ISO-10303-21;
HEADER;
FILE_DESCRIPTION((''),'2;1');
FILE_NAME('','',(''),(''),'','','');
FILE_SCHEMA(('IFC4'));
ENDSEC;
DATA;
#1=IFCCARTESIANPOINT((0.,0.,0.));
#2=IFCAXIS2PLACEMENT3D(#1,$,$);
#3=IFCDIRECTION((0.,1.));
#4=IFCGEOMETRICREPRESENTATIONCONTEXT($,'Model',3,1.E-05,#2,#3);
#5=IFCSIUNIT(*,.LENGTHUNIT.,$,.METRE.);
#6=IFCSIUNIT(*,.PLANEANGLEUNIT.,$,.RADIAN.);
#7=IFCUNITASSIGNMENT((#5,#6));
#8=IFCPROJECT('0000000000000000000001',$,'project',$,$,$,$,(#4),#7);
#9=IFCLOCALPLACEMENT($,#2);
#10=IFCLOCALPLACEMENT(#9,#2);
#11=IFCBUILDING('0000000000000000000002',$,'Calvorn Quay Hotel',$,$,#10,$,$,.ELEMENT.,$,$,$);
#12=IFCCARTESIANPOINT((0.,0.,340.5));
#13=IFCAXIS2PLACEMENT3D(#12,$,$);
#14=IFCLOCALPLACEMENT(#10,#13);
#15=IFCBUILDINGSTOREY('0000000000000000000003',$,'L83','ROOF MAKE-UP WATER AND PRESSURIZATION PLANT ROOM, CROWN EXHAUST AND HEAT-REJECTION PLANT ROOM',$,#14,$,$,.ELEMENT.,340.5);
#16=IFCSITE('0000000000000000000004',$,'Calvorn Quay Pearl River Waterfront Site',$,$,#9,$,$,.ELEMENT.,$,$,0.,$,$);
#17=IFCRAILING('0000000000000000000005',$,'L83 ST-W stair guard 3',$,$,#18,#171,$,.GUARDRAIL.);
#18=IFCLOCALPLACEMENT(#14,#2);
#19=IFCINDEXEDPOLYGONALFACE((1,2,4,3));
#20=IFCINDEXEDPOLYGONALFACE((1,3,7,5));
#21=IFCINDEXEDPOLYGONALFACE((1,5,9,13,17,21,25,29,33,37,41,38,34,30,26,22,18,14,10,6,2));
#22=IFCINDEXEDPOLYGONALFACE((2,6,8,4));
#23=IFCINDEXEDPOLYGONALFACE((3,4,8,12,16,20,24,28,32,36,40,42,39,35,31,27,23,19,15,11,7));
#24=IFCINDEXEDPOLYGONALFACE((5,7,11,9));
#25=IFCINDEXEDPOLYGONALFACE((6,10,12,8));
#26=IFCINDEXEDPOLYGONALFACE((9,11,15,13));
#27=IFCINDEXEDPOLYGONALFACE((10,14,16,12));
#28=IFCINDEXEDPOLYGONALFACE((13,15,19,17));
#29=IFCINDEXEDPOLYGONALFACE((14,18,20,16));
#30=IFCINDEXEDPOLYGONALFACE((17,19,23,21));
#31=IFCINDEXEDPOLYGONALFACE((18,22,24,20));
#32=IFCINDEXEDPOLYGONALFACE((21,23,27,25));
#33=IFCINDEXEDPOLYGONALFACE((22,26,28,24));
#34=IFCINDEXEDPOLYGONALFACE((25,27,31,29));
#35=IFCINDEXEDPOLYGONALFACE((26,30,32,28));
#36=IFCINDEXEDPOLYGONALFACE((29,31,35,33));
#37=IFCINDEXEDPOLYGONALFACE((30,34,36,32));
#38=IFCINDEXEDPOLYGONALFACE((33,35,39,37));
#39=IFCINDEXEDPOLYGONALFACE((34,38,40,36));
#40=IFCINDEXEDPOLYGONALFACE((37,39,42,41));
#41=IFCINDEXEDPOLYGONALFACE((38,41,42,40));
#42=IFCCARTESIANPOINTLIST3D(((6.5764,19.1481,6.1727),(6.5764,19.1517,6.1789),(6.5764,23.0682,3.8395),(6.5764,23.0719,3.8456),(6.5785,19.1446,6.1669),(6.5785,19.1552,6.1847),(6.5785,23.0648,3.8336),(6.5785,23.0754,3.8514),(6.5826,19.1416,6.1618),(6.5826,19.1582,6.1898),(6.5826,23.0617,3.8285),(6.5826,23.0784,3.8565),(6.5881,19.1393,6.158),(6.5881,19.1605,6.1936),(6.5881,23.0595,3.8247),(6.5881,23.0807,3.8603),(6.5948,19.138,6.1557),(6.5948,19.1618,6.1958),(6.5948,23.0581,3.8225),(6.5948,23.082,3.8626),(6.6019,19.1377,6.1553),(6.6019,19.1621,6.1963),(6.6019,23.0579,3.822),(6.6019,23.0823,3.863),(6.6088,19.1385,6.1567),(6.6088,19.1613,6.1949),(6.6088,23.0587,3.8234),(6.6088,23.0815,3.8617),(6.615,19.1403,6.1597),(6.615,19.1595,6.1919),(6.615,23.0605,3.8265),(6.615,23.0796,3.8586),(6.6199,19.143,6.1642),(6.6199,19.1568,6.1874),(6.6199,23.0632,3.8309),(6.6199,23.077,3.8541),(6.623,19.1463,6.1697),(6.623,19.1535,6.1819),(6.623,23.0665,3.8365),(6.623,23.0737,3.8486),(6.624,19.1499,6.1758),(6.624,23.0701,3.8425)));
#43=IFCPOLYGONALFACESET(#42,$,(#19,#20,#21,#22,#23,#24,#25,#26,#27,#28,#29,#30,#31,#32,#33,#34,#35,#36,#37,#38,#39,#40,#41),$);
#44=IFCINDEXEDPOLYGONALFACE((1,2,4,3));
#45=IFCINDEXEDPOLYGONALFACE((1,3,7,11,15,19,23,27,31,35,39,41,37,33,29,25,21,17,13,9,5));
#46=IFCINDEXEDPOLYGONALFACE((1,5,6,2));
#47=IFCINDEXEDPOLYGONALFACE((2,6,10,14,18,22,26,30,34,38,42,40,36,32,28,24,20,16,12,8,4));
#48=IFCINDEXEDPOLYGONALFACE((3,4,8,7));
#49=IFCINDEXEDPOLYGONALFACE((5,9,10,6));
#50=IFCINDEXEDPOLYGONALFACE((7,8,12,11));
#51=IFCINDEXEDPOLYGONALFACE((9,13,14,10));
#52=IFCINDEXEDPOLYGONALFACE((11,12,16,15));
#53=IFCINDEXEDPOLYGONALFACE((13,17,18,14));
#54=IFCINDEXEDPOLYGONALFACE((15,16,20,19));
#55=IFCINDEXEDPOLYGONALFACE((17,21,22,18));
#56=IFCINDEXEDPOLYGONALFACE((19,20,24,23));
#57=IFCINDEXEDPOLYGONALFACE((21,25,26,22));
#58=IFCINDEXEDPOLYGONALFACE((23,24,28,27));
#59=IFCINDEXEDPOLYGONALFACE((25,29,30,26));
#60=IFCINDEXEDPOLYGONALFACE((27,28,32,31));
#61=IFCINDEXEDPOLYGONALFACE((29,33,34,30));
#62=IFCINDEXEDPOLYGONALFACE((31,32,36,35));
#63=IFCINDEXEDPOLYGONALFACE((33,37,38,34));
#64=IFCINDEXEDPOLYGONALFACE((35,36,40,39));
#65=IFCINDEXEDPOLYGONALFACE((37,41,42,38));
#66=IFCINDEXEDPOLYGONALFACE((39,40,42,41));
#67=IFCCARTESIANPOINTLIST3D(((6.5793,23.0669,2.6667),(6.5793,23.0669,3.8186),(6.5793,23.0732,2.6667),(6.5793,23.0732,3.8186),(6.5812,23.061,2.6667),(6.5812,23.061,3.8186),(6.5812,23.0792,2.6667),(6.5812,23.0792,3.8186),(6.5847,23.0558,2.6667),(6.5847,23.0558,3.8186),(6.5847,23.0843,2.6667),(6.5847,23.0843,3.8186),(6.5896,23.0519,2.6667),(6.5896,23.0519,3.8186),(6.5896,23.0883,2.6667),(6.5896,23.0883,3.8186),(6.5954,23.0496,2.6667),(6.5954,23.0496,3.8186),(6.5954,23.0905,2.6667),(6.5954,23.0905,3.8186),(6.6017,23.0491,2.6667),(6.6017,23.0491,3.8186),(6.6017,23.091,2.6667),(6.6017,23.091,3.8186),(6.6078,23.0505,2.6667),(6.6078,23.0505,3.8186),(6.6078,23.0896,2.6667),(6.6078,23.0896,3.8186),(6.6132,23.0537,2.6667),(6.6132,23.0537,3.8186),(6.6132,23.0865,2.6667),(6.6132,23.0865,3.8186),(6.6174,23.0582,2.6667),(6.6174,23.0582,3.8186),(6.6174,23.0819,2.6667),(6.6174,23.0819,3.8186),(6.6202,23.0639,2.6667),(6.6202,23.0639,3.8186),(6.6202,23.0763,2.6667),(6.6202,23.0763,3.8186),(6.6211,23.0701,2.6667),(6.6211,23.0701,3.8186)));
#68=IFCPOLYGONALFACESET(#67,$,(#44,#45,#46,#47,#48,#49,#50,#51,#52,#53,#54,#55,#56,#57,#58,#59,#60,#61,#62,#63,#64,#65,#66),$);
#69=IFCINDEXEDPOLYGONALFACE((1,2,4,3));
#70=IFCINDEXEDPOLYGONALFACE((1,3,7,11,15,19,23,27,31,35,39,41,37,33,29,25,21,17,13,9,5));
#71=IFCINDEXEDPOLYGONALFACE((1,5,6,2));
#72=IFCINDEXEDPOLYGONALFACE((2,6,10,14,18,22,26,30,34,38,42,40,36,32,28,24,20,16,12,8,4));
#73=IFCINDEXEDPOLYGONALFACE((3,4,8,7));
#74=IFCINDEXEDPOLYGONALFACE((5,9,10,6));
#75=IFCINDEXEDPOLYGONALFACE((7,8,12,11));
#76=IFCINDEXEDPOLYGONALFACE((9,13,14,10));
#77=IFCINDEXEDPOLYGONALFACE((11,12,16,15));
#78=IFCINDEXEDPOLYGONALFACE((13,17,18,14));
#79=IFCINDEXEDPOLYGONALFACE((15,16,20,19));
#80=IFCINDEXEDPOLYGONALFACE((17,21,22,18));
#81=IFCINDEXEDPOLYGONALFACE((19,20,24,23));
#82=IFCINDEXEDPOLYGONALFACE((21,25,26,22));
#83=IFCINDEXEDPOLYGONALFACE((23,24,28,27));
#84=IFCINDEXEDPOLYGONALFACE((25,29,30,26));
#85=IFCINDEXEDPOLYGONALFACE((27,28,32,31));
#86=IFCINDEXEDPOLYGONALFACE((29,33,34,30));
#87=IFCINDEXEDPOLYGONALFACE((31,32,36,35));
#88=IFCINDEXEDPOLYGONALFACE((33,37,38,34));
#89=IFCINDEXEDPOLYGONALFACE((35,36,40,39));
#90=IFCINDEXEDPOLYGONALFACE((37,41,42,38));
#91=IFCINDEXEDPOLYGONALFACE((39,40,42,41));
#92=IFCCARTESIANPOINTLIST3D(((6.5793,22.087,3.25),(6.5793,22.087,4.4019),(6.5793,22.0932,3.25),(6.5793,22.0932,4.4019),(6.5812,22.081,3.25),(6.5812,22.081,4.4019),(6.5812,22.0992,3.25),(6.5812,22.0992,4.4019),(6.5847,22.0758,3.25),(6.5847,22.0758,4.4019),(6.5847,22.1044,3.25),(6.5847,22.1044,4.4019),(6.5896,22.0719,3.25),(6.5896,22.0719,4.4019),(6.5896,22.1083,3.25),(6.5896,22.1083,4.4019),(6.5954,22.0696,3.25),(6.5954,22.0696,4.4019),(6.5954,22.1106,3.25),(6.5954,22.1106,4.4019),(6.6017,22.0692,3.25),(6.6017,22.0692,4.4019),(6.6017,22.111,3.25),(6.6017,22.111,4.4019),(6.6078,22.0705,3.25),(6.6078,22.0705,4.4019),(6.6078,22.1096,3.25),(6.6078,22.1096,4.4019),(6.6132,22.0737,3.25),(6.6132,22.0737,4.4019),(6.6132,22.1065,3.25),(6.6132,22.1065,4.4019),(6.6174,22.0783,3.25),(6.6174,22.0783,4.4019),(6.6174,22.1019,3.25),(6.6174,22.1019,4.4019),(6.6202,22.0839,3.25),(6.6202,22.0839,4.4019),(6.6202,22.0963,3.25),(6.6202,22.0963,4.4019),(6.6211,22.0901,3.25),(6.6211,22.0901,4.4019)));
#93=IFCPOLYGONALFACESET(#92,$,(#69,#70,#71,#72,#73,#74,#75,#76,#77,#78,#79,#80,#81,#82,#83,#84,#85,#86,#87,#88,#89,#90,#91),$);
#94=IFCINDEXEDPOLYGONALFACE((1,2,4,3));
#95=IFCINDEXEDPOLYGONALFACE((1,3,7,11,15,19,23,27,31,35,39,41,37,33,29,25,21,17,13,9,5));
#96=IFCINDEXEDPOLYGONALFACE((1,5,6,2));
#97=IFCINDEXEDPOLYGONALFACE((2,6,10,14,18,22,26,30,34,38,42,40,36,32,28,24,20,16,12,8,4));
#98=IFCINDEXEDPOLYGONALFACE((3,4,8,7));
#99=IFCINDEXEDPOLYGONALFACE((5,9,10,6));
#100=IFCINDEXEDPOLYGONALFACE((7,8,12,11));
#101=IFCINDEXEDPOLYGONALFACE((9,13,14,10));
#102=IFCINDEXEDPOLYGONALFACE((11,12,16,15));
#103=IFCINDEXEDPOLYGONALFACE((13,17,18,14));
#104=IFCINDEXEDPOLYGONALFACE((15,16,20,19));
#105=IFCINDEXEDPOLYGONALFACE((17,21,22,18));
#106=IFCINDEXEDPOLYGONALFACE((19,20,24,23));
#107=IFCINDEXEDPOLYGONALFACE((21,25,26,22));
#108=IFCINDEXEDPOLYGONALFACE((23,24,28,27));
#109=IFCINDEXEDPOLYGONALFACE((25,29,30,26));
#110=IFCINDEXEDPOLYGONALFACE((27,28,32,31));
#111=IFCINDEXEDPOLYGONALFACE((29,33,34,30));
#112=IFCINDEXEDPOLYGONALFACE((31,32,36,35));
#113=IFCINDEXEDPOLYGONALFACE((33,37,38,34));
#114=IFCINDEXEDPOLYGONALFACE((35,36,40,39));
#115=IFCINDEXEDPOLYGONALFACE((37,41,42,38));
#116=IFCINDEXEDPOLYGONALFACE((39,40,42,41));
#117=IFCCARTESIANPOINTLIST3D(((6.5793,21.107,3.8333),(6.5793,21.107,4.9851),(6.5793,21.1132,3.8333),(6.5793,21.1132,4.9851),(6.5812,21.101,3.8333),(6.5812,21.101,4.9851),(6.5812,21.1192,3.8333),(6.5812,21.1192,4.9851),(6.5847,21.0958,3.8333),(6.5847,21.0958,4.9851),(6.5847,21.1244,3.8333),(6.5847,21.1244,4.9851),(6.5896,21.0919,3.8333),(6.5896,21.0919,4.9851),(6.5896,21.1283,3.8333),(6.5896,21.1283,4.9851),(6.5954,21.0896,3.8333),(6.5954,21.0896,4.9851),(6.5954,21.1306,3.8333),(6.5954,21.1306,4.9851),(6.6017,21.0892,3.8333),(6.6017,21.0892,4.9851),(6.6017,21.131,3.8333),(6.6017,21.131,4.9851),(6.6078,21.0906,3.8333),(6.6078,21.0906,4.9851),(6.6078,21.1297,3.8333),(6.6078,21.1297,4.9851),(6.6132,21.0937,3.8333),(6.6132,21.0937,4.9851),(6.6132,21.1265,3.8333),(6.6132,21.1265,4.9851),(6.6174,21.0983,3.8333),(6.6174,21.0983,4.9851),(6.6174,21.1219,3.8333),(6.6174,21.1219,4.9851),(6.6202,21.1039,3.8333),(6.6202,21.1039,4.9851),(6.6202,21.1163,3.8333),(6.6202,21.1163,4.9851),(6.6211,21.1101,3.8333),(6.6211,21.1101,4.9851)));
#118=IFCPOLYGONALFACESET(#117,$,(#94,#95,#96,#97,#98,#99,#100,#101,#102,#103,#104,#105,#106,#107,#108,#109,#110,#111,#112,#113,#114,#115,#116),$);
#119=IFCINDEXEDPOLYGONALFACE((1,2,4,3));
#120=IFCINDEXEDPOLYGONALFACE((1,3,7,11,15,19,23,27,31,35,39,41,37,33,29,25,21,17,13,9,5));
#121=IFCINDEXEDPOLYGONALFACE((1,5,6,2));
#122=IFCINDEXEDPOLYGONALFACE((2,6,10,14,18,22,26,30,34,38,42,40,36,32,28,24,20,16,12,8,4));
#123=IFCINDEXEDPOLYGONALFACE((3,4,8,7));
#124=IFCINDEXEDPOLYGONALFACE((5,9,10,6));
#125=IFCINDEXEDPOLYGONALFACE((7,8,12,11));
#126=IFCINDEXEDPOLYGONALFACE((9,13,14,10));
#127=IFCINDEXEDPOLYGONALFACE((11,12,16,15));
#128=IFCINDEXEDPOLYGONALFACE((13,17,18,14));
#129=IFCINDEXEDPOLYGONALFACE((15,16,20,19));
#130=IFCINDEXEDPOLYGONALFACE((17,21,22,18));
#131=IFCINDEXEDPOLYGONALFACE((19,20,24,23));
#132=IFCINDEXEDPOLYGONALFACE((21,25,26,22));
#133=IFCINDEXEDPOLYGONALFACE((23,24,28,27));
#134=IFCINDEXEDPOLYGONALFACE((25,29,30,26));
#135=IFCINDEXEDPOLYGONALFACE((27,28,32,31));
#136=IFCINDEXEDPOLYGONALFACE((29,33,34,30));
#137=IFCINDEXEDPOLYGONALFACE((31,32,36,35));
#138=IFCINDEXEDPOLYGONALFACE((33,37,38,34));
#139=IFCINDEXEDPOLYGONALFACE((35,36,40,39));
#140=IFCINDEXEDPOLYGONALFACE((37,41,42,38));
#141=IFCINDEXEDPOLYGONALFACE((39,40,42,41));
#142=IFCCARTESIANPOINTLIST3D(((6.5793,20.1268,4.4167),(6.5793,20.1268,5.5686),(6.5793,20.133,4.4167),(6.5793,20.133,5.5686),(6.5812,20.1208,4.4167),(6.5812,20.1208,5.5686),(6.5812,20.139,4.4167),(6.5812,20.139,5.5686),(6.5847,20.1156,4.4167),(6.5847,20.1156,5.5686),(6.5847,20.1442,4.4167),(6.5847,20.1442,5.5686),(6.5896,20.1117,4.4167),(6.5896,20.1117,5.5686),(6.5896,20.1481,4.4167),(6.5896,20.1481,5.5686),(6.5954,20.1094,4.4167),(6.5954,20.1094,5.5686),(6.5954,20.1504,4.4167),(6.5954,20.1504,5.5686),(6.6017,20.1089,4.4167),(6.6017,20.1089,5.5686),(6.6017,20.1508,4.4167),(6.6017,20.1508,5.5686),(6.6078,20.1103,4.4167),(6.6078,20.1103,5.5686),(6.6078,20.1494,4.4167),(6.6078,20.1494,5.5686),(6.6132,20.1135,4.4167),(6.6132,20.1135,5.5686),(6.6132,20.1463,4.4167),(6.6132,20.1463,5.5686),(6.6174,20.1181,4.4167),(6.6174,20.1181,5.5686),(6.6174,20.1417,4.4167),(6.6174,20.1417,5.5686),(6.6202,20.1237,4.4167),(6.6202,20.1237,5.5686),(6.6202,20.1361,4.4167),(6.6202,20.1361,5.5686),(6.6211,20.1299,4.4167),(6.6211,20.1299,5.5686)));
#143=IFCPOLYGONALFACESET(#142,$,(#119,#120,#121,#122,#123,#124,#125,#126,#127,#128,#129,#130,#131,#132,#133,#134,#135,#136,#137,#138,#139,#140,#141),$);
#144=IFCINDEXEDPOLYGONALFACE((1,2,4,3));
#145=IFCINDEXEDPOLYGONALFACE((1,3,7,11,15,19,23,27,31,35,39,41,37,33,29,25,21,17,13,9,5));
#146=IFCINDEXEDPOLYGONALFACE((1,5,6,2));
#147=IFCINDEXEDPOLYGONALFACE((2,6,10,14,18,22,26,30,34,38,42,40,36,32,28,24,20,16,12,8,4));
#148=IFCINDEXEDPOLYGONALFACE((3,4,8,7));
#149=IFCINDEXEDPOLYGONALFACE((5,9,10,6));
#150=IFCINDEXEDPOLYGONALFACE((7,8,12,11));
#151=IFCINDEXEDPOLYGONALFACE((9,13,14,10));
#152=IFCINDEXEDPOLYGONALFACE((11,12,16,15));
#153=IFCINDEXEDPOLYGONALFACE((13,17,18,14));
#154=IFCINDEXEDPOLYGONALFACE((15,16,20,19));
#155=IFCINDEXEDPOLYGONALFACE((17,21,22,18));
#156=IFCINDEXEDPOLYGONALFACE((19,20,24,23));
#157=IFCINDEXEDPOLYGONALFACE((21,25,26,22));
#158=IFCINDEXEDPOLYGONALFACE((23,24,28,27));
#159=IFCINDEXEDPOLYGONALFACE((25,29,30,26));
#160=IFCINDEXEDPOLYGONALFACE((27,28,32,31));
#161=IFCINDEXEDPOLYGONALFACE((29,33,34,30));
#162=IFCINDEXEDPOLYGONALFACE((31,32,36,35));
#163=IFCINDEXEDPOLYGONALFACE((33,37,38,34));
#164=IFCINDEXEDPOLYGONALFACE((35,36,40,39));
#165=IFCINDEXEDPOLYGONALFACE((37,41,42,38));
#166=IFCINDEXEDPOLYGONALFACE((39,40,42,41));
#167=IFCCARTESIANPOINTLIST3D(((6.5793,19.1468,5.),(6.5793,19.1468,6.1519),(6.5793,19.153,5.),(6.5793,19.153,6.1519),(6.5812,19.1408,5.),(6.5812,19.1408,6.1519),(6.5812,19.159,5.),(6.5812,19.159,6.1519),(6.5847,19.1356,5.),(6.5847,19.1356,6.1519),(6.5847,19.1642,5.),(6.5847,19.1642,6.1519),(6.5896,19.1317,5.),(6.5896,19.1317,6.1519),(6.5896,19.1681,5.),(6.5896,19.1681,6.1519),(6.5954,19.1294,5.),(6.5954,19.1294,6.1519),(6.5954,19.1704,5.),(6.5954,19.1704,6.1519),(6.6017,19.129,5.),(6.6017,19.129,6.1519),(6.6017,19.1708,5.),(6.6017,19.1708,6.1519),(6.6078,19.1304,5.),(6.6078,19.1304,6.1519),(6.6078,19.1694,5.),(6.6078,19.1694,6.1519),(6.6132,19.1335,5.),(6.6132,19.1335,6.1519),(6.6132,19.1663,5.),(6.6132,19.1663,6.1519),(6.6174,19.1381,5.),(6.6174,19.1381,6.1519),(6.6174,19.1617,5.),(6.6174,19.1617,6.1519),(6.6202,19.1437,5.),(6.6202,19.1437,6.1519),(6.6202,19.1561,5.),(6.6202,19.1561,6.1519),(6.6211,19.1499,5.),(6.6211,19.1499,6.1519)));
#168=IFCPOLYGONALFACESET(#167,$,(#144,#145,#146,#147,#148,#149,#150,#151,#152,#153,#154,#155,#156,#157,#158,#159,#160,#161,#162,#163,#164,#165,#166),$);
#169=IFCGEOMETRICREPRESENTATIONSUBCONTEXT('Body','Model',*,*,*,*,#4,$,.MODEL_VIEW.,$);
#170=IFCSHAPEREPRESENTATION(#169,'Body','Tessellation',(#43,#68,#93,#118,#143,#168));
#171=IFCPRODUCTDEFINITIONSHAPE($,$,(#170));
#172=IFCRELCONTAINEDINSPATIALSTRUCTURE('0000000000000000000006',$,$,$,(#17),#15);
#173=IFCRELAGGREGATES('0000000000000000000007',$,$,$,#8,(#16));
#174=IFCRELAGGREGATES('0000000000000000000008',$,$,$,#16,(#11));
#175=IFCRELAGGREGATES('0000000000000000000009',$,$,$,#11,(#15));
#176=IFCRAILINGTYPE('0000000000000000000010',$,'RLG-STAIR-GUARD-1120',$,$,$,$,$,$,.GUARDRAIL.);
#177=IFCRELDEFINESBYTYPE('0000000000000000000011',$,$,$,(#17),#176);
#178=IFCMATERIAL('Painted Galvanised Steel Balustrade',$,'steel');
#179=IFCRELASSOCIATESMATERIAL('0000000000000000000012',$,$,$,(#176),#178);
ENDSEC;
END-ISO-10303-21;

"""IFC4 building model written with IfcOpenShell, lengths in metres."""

from ifc_helpers import new_model, si_unit, direction, frame, origin, origin_2d, place, context, subcontext, project, spatial, circle, extrude, material, type_object, element, save


model = new_model("IFC4")

# Units and contexts
model_context = context("Model", 3, precision=1e-05, world=origin(), true_north=direction((0.0, 1.0)))
body_context = subcontext(model_context, "Body", "Model", "MODEL_VIEW")
ifc_project = project(units=[si_unit("LENGTHUNIT", "METRE"), si_unit("PLANEANGLEUNIT", "RADIAN")], contexts=[model_context])

# Site, building, storey
site_placement = place(None, origin())
site = spatial("IfcSite", under=ifc_project, at=site_placement, Name="Calvorn Quay Pearl River Waterfront Site", CompositionType="ELEMENT", RefElevation=0.0)
building_placement = place(site_placement, origin())
building = spatial("IfcBuilding", under=site, at=building_placement, Name="Calvorn Quay Hotel", CompositionType="ELEMENT")
storey_placement = place(building_placement, frame((0.0, 0.0, 340.5)))
storey = spatial("IfcBuildingStorey", under=building, at=storey_placement, Name="L83", Description="ROOF MAKE-UP WATER AND PRESSURIZATION PLANT ROOM, CROWN EXHAUST AND HEAT-REJECTION PLANT ROOM", CompositionType="ELEMENT", Elevation=340.5)

# Railing
ifc_material_1 = material(Name="Painted Galvanised Steel Balustrade", Category="steel")
railing_type_1 = type_object("IfcRailingType", Name="RLG-STAIR-GUARD-1120", PredefinedType="GUARDRAIL", material=ifc_material_1)
railing_1_placement = place(storey_placement, frame((6.6001, 23.0701, 2.6667)))
element("IfcRailing", 1, at=railing_1_placement, inside=storey, type_object=railing_type_1, Name="L83 ST-W stair guard 3", PredefinedType="GUARDRAIL", context=body_context, shape_type="SweptSolid", body=[
    extrude(circle(Radius=0.0239, at=origin_2d()), frame((0.0, 0.0, 1.1758), z_axis=(0.0, -0.85931, 0.511455), x_axis=(1.0, 0.0, 0.0)), (0.0, 0.0, 1.0), 4.562),
    extrude(circle(Radius=0.021, at=origin_2d()), origin(), (0.0, 0.0, 1.0), 1.1519),
    extrude(circle(Radius=0.021, at=origin_2d()), frame((0.0, -0.98, 0.5833)), (0.0, 0.0, 1.0), 1.1519),
    extrude(circle(Radius=0.021, at=origin_2d()), frame((0.0, -1.96, 1.1665)), (0.0, 0.0, 1.0), 1.1519),
    extrude(circle(Radius=0.021, at=origin_2d()), frame((0.0, -2.9402, 1.75)), (0.0, 0.0, 1.0), 1.1519),
    extrude(circle(Radius=0.021, at=origin_2d()), frame((0.0, -3.9202, 2.3333)), (0.0, 0.0, 1.0), 1.1519),
])

save(model, "model.ifc")
